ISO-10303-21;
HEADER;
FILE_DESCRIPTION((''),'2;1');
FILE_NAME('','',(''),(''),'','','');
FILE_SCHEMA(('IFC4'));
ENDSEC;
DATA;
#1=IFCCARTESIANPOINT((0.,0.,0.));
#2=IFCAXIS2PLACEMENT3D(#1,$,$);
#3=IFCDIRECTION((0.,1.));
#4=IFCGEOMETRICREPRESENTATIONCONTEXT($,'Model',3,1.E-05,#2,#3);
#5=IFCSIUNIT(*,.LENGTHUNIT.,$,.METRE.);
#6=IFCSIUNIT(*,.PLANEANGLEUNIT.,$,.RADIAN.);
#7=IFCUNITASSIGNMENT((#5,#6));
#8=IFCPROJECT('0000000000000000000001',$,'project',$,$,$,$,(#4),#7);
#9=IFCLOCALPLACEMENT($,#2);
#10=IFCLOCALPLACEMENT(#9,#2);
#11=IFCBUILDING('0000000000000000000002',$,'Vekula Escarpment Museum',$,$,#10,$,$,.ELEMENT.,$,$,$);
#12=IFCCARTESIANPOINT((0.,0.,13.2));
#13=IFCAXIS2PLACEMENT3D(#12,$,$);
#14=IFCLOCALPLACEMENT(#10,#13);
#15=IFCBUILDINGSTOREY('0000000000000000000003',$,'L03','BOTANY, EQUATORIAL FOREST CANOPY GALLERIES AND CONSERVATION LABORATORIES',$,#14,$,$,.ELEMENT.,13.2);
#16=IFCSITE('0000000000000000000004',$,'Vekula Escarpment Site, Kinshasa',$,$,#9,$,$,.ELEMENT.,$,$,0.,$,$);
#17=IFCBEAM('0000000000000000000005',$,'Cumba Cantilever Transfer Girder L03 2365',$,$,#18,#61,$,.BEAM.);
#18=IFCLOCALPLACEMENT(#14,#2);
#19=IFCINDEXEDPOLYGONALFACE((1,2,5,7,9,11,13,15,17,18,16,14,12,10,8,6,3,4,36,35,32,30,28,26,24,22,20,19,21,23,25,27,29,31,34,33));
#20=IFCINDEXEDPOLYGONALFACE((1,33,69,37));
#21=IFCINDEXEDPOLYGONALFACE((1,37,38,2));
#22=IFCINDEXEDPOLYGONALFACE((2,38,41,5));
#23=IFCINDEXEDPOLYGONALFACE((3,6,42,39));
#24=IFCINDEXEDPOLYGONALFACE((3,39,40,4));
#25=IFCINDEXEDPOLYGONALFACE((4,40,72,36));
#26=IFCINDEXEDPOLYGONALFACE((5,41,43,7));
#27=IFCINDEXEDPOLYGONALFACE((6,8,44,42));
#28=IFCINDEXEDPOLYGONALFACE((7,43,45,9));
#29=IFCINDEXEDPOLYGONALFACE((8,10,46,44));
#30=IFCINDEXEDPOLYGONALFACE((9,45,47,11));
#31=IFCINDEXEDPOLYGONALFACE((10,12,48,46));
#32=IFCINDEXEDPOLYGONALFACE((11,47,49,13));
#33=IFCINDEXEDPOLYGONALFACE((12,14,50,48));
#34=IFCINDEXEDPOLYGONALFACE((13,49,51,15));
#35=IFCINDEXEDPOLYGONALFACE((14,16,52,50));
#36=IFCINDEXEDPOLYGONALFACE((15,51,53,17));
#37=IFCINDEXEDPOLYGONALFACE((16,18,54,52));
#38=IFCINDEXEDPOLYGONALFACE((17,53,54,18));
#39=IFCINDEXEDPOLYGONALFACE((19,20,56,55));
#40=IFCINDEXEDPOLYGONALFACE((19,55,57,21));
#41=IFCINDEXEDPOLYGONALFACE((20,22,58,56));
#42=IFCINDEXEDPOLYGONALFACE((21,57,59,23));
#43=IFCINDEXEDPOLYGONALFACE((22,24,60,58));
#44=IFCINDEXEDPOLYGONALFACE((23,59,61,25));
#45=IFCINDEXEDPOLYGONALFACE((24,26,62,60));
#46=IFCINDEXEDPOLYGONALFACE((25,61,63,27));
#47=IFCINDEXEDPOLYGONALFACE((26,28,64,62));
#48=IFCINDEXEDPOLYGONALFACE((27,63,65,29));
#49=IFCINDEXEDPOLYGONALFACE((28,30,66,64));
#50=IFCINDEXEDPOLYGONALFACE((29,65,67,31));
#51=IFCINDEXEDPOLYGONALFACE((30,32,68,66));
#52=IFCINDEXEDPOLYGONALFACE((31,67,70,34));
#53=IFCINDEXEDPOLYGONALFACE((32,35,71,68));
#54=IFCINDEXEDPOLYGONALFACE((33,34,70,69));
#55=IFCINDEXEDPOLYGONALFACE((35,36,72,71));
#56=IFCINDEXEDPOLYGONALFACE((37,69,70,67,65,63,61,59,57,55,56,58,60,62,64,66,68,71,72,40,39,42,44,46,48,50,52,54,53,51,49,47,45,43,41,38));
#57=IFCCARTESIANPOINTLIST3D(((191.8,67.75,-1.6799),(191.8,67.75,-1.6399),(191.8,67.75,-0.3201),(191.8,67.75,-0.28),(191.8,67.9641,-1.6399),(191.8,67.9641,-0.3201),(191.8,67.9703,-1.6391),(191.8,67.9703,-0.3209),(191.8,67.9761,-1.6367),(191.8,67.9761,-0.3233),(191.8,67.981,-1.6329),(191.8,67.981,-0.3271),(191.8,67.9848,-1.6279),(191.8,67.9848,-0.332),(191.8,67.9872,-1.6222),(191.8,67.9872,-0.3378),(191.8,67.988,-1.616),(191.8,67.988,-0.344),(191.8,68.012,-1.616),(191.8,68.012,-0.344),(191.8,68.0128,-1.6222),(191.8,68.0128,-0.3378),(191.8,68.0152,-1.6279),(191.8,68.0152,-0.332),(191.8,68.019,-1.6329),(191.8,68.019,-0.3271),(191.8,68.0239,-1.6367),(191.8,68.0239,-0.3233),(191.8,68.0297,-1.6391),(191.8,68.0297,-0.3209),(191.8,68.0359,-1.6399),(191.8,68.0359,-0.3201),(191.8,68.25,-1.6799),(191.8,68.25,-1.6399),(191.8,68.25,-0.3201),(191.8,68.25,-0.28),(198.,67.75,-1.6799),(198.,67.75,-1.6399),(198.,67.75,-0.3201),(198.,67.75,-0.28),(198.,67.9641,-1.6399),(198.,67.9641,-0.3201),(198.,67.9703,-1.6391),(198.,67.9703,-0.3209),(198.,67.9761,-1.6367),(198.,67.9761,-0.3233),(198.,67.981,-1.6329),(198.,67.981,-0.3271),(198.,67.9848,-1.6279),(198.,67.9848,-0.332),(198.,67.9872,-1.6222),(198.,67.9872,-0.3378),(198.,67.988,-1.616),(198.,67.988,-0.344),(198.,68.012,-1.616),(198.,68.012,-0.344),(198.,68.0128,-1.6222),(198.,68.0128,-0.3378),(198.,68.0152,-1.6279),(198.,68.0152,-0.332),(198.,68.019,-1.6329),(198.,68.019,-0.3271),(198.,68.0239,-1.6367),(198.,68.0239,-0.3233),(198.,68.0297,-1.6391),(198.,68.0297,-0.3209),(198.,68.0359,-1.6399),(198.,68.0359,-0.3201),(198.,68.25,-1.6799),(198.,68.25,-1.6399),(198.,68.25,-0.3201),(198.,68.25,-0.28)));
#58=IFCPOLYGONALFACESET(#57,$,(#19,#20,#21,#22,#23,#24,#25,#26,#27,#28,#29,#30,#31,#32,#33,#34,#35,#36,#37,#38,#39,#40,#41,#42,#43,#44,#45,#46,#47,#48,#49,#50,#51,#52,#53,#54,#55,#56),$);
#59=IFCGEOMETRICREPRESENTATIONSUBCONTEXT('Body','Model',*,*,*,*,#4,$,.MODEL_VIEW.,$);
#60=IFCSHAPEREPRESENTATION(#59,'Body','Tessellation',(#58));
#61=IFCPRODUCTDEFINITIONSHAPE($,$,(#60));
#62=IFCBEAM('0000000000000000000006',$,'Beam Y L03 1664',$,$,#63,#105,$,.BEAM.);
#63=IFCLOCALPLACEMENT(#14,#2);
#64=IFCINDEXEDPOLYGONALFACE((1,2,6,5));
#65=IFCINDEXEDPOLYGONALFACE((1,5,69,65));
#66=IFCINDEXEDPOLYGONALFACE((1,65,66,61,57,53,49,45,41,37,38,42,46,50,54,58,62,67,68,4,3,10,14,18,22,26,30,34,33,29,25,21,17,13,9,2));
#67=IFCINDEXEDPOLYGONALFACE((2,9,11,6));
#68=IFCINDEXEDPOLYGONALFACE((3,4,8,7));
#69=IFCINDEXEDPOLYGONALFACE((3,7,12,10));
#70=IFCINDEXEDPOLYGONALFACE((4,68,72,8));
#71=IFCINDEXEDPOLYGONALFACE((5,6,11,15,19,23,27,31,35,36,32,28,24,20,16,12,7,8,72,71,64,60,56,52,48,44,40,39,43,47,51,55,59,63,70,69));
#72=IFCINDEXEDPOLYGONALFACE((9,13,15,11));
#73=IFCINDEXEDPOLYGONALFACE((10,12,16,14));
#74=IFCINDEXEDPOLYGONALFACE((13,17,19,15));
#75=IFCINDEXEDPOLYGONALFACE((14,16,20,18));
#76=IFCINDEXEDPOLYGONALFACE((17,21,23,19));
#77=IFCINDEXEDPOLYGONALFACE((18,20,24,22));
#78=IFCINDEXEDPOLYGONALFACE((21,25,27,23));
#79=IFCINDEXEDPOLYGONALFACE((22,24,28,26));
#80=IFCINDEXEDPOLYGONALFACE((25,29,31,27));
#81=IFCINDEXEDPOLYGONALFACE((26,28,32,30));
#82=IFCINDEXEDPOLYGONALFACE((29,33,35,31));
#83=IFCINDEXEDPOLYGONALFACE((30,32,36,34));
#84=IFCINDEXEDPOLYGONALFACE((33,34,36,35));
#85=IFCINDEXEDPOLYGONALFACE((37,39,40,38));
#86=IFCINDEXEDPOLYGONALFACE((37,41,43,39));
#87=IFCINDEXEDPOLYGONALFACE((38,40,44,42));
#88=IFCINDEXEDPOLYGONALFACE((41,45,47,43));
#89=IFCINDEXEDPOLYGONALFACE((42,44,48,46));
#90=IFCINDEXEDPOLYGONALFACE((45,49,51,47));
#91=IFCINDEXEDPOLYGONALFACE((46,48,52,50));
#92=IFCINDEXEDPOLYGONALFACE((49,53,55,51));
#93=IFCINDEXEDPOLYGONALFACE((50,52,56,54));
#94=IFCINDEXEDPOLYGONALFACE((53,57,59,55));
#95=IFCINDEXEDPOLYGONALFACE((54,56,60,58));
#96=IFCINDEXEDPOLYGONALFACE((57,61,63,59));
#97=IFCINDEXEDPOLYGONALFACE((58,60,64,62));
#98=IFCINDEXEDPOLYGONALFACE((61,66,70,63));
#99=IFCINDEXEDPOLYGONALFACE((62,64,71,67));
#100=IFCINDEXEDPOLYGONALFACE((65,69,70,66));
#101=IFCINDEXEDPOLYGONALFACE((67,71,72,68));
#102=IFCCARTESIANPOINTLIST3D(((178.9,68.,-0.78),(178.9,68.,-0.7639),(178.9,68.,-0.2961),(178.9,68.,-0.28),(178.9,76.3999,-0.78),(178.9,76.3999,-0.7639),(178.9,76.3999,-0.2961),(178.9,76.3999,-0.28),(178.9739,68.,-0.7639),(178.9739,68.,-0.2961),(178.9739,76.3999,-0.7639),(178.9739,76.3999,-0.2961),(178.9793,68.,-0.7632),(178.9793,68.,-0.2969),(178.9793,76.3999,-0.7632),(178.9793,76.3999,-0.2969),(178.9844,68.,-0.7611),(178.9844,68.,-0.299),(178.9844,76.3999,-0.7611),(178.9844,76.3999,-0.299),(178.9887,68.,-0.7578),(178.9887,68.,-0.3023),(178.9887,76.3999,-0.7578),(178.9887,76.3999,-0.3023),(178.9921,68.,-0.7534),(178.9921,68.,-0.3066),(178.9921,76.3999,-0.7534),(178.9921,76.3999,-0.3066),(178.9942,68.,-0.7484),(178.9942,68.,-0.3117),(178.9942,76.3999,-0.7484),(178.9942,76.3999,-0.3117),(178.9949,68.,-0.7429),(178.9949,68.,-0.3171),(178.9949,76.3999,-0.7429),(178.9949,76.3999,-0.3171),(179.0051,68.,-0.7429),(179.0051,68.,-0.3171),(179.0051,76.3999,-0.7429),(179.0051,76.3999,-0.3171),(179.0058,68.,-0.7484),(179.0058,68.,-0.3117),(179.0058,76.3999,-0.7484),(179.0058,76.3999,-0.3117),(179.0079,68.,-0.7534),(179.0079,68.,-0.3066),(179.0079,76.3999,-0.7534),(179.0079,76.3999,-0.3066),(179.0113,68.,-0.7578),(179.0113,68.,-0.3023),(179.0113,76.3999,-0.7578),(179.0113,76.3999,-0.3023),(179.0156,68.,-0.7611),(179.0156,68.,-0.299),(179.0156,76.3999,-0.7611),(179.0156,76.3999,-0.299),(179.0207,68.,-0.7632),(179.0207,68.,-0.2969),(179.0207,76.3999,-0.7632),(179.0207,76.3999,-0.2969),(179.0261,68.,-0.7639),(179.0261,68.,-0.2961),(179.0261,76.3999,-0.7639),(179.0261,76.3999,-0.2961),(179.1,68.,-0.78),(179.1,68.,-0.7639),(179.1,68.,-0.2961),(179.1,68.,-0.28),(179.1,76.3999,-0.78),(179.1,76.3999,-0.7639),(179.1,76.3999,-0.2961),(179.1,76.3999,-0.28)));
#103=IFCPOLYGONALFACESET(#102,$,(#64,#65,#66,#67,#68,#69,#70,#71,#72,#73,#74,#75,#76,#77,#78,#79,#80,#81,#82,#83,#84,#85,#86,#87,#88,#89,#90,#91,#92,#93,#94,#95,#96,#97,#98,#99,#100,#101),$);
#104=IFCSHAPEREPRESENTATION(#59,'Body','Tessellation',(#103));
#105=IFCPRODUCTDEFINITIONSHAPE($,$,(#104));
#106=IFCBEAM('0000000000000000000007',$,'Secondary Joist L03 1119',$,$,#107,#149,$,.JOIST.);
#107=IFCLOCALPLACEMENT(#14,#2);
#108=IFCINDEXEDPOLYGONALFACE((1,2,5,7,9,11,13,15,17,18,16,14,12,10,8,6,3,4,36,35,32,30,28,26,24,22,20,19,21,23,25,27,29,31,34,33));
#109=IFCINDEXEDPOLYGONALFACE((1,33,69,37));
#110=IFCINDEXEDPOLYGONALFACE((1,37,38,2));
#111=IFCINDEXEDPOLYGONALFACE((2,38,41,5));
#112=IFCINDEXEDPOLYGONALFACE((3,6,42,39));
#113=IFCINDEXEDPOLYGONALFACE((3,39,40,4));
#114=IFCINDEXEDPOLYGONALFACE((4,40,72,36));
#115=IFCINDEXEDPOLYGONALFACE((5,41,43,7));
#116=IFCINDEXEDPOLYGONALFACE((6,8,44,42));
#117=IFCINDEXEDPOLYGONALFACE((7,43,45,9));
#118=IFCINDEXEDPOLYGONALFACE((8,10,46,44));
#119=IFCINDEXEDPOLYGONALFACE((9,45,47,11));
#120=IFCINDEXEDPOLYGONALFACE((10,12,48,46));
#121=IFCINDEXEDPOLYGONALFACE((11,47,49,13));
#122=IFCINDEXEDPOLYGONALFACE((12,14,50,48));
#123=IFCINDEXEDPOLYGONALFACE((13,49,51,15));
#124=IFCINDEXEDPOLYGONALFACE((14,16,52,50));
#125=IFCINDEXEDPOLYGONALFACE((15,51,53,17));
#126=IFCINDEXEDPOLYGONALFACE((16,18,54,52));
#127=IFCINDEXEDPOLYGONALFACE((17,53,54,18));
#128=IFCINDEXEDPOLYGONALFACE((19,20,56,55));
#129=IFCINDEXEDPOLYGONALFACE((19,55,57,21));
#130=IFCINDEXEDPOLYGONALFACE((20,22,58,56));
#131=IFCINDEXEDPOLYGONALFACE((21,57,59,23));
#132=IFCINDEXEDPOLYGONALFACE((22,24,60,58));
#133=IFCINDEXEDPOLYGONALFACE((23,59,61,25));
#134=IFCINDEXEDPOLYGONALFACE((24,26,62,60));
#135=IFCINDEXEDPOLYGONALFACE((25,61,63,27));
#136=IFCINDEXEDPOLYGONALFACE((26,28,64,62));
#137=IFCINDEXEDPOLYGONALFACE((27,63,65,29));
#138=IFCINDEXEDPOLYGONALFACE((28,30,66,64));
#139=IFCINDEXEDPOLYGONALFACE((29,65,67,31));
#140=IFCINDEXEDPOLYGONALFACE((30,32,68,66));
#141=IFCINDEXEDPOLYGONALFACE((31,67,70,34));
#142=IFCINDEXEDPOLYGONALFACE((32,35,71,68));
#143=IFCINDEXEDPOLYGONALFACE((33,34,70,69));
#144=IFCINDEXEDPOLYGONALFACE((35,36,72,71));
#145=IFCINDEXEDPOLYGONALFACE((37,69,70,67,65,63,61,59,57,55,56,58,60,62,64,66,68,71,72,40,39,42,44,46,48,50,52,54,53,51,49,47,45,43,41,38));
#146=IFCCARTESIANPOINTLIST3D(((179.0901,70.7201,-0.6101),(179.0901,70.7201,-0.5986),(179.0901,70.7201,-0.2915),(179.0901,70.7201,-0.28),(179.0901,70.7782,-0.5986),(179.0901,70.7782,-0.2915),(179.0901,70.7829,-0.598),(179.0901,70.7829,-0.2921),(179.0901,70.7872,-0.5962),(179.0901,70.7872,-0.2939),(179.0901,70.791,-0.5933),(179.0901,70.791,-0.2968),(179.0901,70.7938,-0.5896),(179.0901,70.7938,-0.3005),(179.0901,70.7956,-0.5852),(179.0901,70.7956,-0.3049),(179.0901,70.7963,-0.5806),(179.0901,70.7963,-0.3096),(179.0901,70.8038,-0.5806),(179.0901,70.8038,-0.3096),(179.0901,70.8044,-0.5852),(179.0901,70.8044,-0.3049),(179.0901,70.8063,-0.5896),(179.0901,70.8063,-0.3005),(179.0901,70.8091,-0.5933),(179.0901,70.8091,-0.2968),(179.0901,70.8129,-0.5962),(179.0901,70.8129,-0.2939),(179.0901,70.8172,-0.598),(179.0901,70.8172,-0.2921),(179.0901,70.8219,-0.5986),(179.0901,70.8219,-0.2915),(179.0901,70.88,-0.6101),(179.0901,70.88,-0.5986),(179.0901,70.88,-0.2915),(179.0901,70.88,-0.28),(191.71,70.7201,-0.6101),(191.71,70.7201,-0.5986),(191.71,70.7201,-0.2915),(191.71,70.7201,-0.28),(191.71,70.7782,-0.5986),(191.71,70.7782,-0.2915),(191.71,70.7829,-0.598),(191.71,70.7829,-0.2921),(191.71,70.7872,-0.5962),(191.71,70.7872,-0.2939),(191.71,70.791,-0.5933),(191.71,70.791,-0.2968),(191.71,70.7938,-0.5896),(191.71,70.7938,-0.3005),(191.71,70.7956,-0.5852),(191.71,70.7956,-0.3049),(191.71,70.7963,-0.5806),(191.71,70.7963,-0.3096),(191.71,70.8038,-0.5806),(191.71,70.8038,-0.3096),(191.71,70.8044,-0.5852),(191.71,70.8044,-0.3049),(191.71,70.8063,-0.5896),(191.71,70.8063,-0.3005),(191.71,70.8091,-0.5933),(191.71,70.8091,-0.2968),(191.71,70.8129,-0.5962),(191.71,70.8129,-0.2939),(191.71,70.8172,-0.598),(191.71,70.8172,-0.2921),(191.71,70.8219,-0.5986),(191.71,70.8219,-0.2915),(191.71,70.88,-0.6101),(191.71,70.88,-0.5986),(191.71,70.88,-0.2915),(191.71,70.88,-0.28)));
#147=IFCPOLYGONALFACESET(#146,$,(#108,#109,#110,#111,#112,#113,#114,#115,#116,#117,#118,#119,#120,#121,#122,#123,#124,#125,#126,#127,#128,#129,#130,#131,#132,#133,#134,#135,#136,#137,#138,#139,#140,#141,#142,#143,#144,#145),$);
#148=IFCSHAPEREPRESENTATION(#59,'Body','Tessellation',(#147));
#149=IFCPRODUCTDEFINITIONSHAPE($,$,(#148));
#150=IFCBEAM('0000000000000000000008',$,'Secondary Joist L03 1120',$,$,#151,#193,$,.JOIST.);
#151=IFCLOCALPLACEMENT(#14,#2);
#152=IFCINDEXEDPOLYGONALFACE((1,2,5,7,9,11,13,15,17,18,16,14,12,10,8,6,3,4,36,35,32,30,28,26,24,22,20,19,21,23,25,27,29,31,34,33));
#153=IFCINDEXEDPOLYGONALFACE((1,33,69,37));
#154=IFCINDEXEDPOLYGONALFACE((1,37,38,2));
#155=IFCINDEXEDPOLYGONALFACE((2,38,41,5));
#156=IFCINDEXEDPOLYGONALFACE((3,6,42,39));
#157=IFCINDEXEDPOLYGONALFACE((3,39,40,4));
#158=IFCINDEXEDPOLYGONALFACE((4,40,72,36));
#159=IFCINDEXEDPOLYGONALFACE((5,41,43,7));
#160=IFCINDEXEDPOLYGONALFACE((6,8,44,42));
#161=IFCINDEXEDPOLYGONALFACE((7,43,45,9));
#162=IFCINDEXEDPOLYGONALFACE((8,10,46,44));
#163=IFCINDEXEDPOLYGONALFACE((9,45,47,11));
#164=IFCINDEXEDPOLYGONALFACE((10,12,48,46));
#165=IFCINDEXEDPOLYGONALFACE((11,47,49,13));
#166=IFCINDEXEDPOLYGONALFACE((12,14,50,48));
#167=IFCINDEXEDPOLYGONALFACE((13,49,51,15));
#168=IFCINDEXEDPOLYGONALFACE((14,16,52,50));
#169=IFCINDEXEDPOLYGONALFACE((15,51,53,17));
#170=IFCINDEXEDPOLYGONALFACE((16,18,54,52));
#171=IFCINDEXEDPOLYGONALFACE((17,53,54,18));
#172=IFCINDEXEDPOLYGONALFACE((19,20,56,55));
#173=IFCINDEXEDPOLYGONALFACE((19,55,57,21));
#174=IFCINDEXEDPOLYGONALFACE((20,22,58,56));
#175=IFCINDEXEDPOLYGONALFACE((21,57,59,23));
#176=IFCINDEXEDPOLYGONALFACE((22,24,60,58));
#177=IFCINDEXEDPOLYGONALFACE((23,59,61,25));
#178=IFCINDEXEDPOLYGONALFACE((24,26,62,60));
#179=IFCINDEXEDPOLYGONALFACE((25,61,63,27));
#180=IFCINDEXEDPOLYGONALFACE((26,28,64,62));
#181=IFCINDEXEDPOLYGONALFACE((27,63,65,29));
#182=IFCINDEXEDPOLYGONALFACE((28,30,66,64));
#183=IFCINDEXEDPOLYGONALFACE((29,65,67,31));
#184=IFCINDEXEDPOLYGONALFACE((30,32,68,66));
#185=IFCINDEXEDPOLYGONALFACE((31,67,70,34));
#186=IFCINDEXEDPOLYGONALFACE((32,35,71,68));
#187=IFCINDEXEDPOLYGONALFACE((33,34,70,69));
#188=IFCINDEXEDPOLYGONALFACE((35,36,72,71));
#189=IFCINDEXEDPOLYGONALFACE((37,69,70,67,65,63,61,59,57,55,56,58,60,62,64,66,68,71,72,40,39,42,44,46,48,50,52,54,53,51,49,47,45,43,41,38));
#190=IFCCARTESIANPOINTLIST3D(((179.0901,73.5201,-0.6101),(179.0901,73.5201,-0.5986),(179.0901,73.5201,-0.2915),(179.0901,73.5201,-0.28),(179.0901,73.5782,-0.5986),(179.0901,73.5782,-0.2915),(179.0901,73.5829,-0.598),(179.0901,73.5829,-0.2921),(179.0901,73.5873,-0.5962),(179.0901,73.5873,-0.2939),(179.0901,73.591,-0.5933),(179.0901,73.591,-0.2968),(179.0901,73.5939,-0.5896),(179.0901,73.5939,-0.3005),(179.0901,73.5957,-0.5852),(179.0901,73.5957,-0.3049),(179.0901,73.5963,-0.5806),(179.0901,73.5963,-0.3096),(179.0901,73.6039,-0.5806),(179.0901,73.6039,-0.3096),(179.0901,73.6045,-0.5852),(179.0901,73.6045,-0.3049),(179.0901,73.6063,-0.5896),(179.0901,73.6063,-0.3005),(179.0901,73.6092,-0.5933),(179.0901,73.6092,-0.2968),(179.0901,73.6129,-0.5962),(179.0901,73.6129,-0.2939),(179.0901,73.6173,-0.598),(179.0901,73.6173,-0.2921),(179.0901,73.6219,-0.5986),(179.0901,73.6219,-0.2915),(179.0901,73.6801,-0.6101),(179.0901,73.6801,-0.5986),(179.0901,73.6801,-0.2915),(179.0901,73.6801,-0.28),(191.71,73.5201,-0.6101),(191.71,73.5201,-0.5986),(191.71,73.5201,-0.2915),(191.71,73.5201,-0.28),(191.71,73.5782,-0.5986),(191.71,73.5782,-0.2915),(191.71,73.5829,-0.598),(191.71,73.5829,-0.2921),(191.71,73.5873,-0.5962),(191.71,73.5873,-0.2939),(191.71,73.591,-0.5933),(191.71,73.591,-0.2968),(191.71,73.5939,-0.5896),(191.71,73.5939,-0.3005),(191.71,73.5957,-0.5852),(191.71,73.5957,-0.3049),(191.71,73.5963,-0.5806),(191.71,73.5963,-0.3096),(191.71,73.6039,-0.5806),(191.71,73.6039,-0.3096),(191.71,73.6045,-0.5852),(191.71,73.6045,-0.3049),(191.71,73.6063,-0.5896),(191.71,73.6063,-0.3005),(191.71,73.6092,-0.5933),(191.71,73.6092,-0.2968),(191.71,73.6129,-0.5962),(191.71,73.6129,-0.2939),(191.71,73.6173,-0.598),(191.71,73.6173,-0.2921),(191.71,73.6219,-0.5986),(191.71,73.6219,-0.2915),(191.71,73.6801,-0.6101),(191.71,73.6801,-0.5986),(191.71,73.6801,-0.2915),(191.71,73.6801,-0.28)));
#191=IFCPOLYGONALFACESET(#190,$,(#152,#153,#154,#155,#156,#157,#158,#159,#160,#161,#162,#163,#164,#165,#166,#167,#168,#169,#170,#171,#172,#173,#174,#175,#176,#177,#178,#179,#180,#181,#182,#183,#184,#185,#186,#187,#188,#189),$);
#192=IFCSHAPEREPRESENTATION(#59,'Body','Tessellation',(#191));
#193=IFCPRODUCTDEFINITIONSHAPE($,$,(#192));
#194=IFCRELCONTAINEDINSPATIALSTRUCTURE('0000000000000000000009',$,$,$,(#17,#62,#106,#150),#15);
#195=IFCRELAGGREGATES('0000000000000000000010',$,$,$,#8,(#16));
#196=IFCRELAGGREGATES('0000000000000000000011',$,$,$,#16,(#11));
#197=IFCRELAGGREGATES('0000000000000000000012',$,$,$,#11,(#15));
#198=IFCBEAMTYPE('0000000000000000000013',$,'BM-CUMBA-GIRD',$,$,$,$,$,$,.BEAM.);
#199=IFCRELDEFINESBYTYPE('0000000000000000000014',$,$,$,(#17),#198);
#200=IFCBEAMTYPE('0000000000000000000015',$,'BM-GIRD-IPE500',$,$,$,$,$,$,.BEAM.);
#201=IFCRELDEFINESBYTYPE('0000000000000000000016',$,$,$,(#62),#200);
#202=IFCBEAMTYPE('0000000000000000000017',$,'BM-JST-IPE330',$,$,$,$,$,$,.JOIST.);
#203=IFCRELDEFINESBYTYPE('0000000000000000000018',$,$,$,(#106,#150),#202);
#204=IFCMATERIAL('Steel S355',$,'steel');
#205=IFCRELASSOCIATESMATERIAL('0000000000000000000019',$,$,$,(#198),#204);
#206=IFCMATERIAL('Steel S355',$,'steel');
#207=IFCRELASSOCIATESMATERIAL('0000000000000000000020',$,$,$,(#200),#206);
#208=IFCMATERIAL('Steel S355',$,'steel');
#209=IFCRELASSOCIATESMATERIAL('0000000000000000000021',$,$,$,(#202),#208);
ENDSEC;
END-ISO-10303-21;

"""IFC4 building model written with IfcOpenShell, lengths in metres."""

from ifc_helpers import new_model, si_unit, direction, frame, origin, origin_2d, place, context, subcontext, project, spatial, i_section, extrude, material, material_profile, profile_set, type_object, element, save


model = new_model("IFC4")

# Units and contexts
model_context = context("Model", 3, precision=1e-05, world=origin(), true_north=direction((0.0, 1.0)))
body_context = subcontext(model_context, "Body", "Model", "MODEL_VIEW")
ifc_project = project(units=[si_unit("LENGTHUNIT", "METRE"), si_unit("PLANEANGLEUNIT", "RADIAN")], contexts=[model_context])

# Site, building, storey
site_placement = place(None, origin())
site = spatial("IfcSite", under=ifc_project, at=site_placement, Name="Vekula Escarpment Site, Kinshasa", CompositionType="ELEMENT", RefElevation=0.0)
building_placement = place(site_placement, origin())
building = spatial("IfcBuilding", under=site, at=building_placement, Name="Vekula Escarpment Museum", CompositionType="ELEMENT")
storey_placement = place(building_placement, frame((0.0, 0.0, 13.2)))
storey = spatial("IfcBuildingStorey", under=building, at=storey_placement, Name="L03", Description="BOTANY, EQUATORIAL FOREST CANOPY GALLERIES AND CONSERVATION LABORATORIES", CompositionType="ELEMENT", Elevation=13.2)

# Beams
ifc_material_1 = material(Name="Steel S355", Category="steel")
ifc_material_profile_1 = material_profile(ifc_material_1, i_section(OverallWidth=0.5, OverallDepth=1.3999, WebThickness=0.0239, FlangeThickness=0.04, FilletRadius=0.0239, at=origin_2d()), Name="WPG 1400x500")
ifc_profile_set_1 = profile_set([ifc_material_profile_1], Name="Steel S355")
beam_type_1 = type_object("IfcBeamType", Name="BM-CUMBA-GIRD", PredefinedType="BEAM", material=ifc_profile_set_1)
beam_1_placement = place(storey_placement, frame((191.8, 68.0, -0.98), z_axis=(1.0, 0.0, 0.0), x_axis=(0.0, 1.0, 0.0)))
element("IfcBeam", 1, at=beam_1_placement, inside=storey, type_object=beam_type_1, Name="Cumba Cantilever Transfer Girder L03 2365", PredefinedType="BEAM", context=body_context, shape_type="SweptSolid", body=[
    extrude(i_section(OverallWidth=0.5, OverallDepth=1.3999, WebThickness=0.0239, FlangeThickness=0.04, FilletRadius=0.0239, at=origin_2d()), origin(), (0.0, 0.0, 1.0), 6.2),
])
ifc_material_2 = material(Name="Steel S355", Category="steel")
ifc_material_profile_2 = material_profile(ifc_material_2, i_section(OverallWidth=0.2, OverallDepth=0.5, WebThickness=0.0103, FlangeThickness=0.0161, FilletRadius=0.021, at=origin_2d()), Name="IPE 500")
ifc_profile_set_2 = profile_set([ifc_material_profile_2], Name="Steel S355")
beam_type_2 = type_object("IfcBeamType", Name="BM-GIRD-IPE500", PredefinedType="BEAM", material=ifc_profile_set_2)
beam_2_placement = place(storey_placement, frame((179.0, 68.0, -0.53), z_axis=(0.0, 1.0, 0.0), x_axis=(-1.0, 0.0, 0.0)))
element("IfcBeam", 2, at=beam_2_placement, inside=storey, type_object=beam_type_2, Name="Beam Y L03 1664", PredefinedType="BEAM", context=body_context, shape_type="SweptSolid", body=[
    extrude(i_section(OverallWidth=0.2, OverallDepth=0.5, WebThickness=0.0103, FlangeThickness=0.0161, FilletRadius=0.021, at=origin_2d()), origin(), (0.0, 0.0, 1.0), 8.3999),
])
ifc_material_3 = material(Name="Steel S355", Category="steel")
ifc_material_profile_3 = material_profile(ifc_material_3, i_section(OverallWidth=0.1599, OverallDepth=0.3301, WebThickness=0.0076, FlangeThickness=0.0115, FilletRadius=0.0181, at=origin_2d()), Name="IPE 330")
ifc_profile_set_3 = profile_set([ifc_material_profile_3], Name="Steel S355")
beam_type_3 = type_object("IfcBeamType", Name="BM-JST-IPE330", PredefinedType="JOIST", material=ifc_profile_set_3)
for number, where, z_axis, x_axis, name in (
    (3, (179.0901, 70.8, -0.4451), (1.0, 0.0, 0.0), (0.0, 1.0, 0.0), "Secondary Joist L03 1119"),
    (4, (179.0901, 73.6001, -0.4451), (1.0, 0.0, 0.0), (0.0, 1.0, 0.0), "Secondary Joist L03 1120"),
):
    element("IfcBeam", number, at=place(storey_placement, frame(where, z_axis=z_axis, x_axis=x_axis)), inside=storey, type_object=beam_type_3, Name=name, PredefinedType="JOIST", context=body_context, shape_type="SweptSolid", body=[
        extrude(i_section(OverallWidth=0.1599, OverallDepth=0.3301, WebThickness=0.0076, FlangeThickness=0.0115, FilletRadius=0.0181, at=origin_2d()), origin(), (0.0, 0.0, 1.0), 12.6199),
    ])

save(model, "model.ifc")
